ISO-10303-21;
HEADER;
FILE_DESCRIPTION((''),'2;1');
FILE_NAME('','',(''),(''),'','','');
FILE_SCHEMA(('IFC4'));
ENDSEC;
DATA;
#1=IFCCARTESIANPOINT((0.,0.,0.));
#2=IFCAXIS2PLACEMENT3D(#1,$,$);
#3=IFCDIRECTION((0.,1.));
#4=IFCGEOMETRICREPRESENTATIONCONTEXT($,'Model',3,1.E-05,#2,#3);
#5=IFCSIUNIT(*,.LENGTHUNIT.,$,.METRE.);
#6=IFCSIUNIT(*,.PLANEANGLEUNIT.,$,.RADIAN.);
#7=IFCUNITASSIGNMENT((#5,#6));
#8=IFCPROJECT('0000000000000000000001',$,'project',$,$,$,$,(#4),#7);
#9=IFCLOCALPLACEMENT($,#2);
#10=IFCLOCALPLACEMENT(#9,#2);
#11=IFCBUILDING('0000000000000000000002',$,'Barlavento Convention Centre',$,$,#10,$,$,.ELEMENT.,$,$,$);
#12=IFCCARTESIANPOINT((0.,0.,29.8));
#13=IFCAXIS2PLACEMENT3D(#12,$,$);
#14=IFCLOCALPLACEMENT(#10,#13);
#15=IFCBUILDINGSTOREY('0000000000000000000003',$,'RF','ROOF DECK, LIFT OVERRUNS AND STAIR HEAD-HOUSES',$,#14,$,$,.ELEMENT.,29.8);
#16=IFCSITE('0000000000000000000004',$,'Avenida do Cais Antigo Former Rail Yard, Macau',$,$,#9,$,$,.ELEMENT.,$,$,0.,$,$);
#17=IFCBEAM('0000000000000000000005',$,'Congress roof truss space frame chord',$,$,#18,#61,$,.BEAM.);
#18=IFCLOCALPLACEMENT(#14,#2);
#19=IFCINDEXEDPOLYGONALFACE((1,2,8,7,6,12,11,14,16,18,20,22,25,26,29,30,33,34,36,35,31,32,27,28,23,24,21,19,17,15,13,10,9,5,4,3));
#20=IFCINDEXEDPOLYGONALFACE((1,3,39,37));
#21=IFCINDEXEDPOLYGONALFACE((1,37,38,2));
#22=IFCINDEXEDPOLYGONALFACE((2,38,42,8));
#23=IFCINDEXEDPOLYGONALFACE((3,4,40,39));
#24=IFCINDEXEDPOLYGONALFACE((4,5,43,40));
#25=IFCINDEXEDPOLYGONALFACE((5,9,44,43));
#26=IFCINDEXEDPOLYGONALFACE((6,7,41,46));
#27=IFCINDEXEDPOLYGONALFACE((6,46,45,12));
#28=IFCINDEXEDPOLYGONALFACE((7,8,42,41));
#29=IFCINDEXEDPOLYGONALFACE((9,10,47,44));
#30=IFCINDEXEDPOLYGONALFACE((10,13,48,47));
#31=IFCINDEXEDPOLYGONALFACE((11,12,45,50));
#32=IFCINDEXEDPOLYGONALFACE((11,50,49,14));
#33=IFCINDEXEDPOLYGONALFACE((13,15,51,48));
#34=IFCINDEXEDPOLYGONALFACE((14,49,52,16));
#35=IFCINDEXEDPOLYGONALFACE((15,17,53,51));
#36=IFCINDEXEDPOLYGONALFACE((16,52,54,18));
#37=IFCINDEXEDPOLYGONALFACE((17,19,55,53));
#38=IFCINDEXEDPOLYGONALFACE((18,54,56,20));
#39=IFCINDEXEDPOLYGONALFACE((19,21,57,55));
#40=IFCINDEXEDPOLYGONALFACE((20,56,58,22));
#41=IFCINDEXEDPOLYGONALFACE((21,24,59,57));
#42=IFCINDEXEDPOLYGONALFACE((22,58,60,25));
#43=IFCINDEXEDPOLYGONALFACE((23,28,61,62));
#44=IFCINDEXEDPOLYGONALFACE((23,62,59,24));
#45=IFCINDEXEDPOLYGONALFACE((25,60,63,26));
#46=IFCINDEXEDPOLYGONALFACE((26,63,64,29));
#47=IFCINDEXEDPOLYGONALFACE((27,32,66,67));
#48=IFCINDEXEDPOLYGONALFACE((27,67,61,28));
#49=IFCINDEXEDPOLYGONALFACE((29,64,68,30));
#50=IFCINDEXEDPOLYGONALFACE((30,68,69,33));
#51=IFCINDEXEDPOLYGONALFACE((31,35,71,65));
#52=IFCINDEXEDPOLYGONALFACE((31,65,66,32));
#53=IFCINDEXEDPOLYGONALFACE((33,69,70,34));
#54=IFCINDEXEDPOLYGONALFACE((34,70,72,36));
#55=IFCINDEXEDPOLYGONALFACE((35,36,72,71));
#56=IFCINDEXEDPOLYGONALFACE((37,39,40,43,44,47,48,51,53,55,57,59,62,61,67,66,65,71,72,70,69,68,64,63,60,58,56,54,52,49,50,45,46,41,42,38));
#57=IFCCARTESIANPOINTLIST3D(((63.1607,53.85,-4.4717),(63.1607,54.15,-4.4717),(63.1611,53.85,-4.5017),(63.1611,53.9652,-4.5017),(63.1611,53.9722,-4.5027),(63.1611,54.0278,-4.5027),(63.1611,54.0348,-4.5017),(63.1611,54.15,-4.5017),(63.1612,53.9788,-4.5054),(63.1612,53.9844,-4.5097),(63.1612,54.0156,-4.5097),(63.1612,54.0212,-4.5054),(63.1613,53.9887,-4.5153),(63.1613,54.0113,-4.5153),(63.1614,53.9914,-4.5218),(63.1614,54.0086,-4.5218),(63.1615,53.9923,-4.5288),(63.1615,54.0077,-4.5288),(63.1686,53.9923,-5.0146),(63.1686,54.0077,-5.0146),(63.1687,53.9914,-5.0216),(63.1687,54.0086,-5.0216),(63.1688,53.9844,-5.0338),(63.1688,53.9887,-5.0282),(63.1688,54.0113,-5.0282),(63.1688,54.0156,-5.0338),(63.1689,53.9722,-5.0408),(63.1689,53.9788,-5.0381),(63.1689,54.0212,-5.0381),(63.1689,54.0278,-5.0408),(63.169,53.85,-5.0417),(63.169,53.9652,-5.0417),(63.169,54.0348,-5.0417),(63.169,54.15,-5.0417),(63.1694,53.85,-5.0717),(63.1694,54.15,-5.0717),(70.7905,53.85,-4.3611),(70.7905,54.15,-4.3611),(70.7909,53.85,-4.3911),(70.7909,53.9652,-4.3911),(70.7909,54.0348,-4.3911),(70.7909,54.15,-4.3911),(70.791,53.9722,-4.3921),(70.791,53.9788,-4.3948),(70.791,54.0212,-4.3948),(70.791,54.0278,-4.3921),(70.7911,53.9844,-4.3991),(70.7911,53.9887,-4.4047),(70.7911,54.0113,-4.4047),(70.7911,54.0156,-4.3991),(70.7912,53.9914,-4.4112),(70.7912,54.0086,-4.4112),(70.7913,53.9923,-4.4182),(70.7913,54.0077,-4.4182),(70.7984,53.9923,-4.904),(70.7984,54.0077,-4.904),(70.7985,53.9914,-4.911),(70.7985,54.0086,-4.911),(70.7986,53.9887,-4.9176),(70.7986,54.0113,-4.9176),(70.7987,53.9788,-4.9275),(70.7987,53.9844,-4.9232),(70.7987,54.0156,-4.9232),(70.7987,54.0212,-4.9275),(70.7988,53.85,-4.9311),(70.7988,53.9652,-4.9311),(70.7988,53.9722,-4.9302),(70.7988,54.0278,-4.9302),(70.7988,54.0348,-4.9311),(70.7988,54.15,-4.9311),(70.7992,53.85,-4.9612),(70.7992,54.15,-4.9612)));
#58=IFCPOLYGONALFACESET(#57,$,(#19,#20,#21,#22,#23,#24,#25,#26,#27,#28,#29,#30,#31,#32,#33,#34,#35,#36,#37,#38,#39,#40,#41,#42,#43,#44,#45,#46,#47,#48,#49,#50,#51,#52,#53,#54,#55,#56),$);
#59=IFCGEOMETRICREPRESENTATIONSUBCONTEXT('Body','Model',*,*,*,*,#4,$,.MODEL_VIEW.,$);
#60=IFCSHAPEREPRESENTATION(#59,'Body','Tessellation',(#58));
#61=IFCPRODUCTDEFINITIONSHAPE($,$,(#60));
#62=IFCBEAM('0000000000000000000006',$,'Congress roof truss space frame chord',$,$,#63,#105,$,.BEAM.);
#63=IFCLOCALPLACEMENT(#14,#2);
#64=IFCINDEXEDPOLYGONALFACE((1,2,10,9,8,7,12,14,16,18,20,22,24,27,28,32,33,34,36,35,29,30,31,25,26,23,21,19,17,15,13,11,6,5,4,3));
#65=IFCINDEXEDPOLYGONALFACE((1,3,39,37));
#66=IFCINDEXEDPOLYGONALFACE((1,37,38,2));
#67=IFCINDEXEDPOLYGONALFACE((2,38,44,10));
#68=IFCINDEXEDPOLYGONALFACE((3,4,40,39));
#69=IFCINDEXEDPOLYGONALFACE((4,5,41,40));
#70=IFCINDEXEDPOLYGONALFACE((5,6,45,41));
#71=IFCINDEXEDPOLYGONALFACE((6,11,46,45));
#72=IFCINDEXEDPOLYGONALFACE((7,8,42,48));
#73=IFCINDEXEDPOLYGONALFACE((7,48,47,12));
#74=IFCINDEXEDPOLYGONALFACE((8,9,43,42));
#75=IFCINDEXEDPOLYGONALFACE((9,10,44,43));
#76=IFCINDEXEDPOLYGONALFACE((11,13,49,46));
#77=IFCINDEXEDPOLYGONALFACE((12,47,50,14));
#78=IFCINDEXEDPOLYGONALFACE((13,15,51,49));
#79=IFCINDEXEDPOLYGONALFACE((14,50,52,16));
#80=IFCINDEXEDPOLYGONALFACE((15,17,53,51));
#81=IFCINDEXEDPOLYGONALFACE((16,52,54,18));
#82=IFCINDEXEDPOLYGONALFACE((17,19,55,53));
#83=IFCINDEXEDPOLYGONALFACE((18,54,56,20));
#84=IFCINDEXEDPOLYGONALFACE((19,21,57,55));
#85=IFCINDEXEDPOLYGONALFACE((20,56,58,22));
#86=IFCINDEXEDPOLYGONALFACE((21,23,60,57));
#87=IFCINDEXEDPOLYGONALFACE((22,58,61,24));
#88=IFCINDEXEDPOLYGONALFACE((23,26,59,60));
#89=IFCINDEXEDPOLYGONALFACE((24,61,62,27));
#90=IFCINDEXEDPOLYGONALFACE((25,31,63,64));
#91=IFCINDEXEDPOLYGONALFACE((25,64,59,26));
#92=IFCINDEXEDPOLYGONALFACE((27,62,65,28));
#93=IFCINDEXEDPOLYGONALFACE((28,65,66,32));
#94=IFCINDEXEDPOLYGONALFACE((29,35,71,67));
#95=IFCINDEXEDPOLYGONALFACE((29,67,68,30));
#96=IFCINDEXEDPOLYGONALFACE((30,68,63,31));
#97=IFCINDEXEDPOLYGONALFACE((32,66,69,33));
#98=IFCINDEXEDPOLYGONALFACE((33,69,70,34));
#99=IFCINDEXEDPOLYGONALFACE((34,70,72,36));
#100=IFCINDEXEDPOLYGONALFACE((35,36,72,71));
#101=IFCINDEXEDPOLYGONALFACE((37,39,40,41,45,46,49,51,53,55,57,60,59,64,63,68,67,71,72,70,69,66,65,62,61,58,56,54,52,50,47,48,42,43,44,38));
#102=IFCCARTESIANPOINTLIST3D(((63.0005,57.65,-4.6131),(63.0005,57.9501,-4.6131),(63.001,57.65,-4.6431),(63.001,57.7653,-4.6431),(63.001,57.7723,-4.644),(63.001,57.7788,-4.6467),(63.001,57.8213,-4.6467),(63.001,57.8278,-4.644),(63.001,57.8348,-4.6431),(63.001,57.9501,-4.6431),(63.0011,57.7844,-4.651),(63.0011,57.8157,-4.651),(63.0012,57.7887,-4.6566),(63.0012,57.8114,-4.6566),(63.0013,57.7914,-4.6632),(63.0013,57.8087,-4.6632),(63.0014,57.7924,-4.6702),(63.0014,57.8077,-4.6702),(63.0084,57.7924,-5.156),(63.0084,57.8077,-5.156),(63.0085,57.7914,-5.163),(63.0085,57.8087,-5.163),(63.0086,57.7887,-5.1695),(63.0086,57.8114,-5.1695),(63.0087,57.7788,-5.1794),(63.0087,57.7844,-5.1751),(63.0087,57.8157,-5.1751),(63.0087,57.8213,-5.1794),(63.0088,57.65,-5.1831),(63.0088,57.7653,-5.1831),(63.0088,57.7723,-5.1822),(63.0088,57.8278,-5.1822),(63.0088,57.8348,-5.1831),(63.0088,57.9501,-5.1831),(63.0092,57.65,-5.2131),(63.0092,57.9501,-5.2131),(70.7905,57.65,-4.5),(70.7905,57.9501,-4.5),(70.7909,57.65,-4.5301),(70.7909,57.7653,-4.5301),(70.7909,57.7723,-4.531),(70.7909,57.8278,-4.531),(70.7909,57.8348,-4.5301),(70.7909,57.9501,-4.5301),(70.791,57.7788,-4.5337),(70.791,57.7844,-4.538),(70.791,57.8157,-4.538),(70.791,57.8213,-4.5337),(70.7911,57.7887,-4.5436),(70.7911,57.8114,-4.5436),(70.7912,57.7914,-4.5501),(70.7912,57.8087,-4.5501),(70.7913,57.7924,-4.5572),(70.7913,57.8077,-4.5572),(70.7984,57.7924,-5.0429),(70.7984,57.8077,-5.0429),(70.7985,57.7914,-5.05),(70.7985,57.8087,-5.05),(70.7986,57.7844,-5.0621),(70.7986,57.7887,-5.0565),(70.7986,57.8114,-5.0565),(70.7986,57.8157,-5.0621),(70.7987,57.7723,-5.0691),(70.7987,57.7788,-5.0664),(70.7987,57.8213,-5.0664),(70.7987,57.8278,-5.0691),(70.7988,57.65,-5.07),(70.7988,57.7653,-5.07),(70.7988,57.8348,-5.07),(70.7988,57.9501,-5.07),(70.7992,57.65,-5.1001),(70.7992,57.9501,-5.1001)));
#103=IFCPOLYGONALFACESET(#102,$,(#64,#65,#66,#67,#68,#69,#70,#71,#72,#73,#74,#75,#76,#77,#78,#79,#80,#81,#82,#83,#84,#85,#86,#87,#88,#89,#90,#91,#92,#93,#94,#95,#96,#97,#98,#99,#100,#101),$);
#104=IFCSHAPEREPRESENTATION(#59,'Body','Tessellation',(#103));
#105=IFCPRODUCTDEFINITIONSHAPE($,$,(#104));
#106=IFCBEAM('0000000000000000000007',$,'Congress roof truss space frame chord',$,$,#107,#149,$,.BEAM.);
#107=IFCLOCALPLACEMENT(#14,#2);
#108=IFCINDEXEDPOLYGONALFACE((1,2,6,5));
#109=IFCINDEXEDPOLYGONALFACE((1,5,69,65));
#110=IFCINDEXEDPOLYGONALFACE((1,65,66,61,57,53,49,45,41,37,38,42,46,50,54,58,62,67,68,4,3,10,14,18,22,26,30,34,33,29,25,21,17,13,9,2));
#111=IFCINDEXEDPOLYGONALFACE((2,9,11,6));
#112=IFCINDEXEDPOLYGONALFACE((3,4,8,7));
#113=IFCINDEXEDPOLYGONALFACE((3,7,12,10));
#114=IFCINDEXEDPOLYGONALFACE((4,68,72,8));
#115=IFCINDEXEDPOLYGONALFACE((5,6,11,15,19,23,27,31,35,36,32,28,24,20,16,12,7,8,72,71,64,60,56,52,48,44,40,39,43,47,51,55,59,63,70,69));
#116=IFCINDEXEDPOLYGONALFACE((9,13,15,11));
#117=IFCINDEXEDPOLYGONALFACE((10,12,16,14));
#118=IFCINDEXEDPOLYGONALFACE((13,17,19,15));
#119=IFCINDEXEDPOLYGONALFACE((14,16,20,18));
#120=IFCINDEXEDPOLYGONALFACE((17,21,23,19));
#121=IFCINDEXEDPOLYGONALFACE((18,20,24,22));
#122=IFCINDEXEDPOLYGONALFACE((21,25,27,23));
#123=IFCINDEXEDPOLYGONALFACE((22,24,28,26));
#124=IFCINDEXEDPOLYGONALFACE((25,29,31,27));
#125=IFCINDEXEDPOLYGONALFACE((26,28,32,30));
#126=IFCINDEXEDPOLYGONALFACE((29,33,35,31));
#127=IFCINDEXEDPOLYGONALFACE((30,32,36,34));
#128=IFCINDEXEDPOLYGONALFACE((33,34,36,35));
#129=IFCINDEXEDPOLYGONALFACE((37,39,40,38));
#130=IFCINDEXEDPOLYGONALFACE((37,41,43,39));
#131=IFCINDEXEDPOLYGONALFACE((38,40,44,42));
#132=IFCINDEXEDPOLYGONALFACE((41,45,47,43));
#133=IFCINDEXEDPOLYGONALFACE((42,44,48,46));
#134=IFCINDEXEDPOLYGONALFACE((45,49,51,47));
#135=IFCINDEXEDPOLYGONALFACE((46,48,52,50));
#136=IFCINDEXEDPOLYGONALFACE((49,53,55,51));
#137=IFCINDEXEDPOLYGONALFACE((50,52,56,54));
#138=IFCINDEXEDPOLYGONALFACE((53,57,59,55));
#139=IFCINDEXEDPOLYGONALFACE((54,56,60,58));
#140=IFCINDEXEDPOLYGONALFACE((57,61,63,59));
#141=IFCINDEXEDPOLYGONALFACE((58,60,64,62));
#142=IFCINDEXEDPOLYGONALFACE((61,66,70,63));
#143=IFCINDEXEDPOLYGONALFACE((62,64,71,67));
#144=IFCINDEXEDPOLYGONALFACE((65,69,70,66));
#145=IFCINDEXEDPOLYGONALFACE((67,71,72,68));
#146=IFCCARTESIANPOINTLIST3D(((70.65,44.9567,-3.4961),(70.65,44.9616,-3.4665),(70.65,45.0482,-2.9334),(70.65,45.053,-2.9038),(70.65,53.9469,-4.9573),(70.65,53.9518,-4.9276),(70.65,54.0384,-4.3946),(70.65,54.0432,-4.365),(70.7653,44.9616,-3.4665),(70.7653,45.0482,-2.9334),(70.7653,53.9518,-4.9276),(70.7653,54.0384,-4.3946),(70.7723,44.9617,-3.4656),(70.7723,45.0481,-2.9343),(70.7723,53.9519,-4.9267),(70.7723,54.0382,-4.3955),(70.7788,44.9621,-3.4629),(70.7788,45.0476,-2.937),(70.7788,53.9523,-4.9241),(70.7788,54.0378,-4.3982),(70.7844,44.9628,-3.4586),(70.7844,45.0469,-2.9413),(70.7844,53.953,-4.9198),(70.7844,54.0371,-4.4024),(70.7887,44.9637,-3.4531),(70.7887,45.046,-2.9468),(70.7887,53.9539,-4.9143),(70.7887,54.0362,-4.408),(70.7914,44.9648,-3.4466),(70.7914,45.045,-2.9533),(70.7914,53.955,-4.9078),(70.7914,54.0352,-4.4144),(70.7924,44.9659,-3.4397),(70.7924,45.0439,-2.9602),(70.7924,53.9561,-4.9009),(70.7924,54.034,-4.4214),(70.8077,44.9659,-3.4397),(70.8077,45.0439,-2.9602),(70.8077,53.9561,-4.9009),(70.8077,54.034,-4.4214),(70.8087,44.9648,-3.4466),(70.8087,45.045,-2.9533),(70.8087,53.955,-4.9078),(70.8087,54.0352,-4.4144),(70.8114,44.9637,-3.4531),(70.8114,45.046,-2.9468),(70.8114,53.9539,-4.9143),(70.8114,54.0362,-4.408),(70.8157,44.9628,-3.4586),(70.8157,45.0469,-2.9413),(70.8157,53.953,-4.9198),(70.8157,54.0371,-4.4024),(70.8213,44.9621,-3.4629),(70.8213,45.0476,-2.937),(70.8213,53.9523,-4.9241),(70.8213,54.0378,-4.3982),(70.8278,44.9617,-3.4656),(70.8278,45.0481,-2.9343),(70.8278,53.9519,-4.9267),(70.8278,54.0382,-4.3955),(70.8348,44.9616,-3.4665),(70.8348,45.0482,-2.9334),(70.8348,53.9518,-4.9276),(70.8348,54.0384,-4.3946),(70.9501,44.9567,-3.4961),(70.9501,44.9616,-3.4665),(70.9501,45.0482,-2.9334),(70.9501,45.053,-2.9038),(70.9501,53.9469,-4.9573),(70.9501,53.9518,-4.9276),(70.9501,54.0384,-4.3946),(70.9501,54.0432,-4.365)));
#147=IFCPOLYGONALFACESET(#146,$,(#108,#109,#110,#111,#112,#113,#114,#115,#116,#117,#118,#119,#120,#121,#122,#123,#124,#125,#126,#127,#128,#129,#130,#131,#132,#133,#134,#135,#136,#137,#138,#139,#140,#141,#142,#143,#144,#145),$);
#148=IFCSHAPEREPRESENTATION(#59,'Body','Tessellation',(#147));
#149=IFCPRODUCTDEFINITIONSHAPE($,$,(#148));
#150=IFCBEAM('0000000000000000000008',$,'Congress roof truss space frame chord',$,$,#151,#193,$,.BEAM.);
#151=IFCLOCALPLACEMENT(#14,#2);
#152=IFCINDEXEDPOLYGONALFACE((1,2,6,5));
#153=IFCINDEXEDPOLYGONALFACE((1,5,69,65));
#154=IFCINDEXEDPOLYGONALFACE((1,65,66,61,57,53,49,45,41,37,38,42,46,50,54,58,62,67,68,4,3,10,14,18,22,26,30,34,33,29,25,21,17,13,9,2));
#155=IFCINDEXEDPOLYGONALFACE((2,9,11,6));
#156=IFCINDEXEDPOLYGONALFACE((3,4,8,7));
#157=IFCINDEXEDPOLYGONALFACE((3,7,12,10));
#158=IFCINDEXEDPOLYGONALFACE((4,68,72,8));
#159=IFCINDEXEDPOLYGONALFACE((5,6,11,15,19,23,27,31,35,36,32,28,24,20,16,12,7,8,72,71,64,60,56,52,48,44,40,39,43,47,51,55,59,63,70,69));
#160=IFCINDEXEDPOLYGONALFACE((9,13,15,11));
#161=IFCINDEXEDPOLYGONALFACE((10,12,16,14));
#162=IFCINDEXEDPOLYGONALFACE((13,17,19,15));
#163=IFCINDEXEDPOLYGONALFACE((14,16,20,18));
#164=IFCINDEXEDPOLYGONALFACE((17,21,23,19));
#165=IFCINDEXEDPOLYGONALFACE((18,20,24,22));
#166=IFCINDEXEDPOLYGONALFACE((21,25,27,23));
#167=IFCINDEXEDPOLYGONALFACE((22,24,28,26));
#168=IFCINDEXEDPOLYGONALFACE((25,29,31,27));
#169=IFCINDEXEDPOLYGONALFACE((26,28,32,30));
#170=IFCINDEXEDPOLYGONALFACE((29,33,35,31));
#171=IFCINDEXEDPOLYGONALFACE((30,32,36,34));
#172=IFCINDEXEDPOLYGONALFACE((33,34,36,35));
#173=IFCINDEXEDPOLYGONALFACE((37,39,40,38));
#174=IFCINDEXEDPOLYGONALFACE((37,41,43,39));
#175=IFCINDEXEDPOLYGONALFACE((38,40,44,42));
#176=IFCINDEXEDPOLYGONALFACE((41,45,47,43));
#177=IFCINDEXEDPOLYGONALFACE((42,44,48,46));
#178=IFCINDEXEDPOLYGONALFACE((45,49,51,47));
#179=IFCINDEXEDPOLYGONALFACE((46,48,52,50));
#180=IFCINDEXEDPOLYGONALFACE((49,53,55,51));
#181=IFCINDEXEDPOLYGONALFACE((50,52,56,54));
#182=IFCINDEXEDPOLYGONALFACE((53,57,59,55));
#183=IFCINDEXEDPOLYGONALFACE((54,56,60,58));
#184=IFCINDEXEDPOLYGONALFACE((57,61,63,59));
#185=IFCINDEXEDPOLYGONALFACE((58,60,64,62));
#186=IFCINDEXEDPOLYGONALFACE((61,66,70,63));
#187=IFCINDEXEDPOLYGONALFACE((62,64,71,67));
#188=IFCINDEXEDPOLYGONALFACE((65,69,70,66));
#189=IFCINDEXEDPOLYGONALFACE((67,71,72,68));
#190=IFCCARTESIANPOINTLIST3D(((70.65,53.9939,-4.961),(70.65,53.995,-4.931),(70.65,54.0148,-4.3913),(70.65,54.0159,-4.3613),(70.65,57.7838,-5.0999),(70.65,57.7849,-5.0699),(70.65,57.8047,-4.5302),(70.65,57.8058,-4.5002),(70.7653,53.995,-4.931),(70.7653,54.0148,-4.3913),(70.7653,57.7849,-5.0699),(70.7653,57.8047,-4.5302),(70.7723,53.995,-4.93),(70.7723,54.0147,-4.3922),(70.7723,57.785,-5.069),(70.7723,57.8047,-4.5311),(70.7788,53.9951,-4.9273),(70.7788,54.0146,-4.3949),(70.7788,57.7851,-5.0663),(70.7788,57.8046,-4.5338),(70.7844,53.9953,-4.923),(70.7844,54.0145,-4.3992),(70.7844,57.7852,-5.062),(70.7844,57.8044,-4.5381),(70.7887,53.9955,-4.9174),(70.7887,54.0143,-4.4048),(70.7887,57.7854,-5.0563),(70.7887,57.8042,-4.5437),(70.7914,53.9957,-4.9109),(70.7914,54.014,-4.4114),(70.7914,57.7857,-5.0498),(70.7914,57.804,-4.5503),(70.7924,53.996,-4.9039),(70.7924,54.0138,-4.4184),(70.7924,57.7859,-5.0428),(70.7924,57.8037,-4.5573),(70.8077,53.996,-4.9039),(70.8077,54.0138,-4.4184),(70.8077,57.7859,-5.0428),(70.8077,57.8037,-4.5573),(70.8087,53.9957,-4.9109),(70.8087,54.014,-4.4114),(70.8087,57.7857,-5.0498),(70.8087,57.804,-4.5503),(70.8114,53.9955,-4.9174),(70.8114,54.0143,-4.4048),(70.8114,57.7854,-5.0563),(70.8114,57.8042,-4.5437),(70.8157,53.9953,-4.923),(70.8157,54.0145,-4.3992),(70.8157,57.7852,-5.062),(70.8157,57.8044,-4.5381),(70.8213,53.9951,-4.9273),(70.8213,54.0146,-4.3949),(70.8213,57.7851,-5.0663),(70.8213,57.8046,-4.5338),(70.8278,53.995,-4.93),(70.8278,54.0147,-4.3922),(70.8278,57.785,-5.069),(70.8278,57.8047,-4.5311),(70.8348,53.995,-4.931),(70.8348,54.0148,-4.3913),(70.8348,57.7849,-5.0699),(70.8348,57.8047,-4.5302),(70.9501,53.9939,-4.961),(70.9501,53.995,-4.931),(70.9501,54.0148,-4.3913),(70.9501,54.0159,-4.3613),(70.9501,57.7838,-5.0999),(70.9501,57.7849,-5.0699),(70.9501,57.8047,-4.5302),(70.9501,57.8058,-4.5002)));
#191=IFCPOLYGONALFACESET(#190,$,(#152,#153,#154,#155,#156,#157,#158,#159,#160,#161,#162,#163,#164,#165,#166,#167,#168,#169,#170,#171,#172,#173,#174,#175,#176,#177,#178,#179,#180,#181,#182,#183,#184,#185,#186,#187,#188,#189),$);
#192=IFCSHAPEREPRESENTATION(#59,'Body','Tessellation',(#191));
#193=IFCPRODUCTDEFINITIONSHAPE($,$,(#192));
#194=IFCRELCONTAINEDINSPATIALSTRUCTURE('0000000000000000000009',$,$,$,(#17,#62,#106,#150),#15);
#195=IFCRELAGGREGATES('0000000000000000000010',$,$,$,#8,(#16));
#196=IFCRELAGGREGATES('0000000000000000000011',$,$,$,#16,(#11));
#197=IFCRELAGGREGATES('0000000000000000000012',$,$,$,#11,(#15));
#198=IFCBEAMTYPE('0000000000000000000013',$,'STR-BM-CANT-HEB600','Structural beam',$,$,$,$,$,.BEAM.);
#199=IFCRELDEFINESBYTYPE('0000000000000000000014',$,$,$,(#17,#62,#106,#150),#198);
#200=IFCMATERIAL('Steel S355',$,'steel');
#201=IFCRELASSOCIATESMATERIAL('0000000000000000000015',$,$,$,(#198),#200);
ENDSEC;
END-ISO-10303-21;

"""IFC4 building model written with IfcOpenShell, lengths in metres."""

from ifc_helpers import new_model, si_unit, direction, frame, origin, origin_2d, place, context, subcontext, project, spatial, i_section, extrude, material, material_profile, profile_set, type_object, element, save


model = new_model("IFC4")

# Units and contexts
model_context = context("Model", 3, precision=1e-05, world=origin(), true_north=direction((0.0, 1.0)))
body_context = subcontext(model_context, "Body", "Model", "MODEL_VIEW")
ifc_project = project(units=[si_unit("LENGTHUNIT", "METRE"), si_unit("PLANEANGLEUNIT", "RADIAN")], contexts=[model_context])

# Site, building, storey
site_placement = place(None, origin())
site = spatial("IfcSite", under=ifc_project, at=site_placement, Name="Avenida do Cais Antigo Former Rail Yard, Macau", CompositionType="ELEMENT", RefElevation=0.0)
building_placement = place(site_placement, origin())
building = spatial("IfcBuilding", under=site, at=building_placement, Name="Barlavento Convention Centre", CompositionType="ELEMENT")
storey_placement = place(building_placement, frame((0.0, 0.0, 29.8)))
storey = spatial("IfcBuildingStorey", under=building, at=storey_placement, Name="RF", Description="ROOF DECK, LIFT OVERRUNS AND STAIR HEAD-HOUSES", CompositionType="ELEMENT", Elevation=29.8)

# Beams
ifc_material = material(Name="Steel S355", Category="steel")
ifc_material_profile_1 = material_profile(ifc_material, i_section(OverallWidth=0.3, OverallDepth=0.6001, WebThickness=0.0154, FlangeThickness=0.03, FilletRadius=0.0271, at=origin_2d()), Name="HEB 600")
ifc_profile_set_1 = profile_set([ifc_material_profile_1], Name="Steel S355")
beam_type = type_object("IfcBeamType", Name="STR-BM-CANT-HEB600", Description="Structural beam", PredefinedType="BEAM", material=ifc_profile_set_1)
beam_1_placement = place(storey_placement, frame((63.165, 54.0, -4.7717), z_axis=(0.999895, 0.0, 0.014494), x_axis=(0.0, 1.0, 0.0)))
element("IfcBeam", 1, at=beam_1_placement, inside=storey, type_object=beam_type, Name="Congress roof truss space frame chord", PredefinedType="BEAM", context=body_context, shape_type="SweptSolid", body=[
    extrude(i_section(OverallWidth=0.3, OverallDepth=0.6001, WebThickness=0.0154, FlangeThickness=0.03, FilletRadius=0.0271, at=origin_2d()), origin(), (0.0, 0.0, 1.0), 7.6306),
])
beam_2_placement = place(storey_placement, frame((63.0049, 57.8, -4.9131), z_axis=(0.999895, 0.0, 0.014509), x_axis=(0.0, 1.0, 0.0)))
element("IfcBeam", 2, at=beam_2_placement, inside=storey, type_object=beam_type, Name="Congress roof truss space frame chord", PredefinedType="BEAM", context=body_context, shape_type="SweptSolid", body=[
    extrude(i_section(OverallWidth=0.3, OverallDepth=0.6001, WebThickness=0.0154, FlangeThickness=0.03, FilletRadius=0.0271, at=origin_2d()), origin(), (0.0, 0.0, 1.0), 7.7908),
])
beam_3_placement = place(storey_placement, frame((70.8, 45.0049, -3.2), z_axis=(0.0, 0.987048, -0.160425), x_axis=(-1.0, 0.0, 0.0)))
element("IfcBeam", 3, at=beam_3_placement, inside=storey, type_object=beam_type, Name="Congress roof truss space frame chord", PredefinedType="BEAM", context=body_context, shape_type="SweptSolid", body=[
    extrude(i_section(OverallWidth=0.3, OverallDepth=0.6001, WebThickness=0.0154, FlangeThickness=0.03, FilletRadius=0.0271, at=origin_2d()), origin(), (0.0, 0.0, 1.0), 9.1082),
])
beam_4_placement = place(storey_placement, frame((70.8, 54.0049, -4.6611), z_axis=(0.0, 0.999329, -0.036628), x_axis=(-1.0, 0.0, 0.0)))
element("IfcBeam", 4, at=beam_4_placement, inside=storey, type_object=beam_type, Name="Congress roof truss space frame chord", PredefinedType="BEAM", context=body_context, shape_type="SweptSolid", body=[
    extrude(i_section(OverallWidth=0.3, OverallDepth=0.6001, WebThickness=0.0154, FlangeThickness=0.03, FilletRadius=0.0271, at=origin_2d()), origin(), (0.0, 0.0, 1.0), 3.7925),
])

save(model, "model.ifc")
